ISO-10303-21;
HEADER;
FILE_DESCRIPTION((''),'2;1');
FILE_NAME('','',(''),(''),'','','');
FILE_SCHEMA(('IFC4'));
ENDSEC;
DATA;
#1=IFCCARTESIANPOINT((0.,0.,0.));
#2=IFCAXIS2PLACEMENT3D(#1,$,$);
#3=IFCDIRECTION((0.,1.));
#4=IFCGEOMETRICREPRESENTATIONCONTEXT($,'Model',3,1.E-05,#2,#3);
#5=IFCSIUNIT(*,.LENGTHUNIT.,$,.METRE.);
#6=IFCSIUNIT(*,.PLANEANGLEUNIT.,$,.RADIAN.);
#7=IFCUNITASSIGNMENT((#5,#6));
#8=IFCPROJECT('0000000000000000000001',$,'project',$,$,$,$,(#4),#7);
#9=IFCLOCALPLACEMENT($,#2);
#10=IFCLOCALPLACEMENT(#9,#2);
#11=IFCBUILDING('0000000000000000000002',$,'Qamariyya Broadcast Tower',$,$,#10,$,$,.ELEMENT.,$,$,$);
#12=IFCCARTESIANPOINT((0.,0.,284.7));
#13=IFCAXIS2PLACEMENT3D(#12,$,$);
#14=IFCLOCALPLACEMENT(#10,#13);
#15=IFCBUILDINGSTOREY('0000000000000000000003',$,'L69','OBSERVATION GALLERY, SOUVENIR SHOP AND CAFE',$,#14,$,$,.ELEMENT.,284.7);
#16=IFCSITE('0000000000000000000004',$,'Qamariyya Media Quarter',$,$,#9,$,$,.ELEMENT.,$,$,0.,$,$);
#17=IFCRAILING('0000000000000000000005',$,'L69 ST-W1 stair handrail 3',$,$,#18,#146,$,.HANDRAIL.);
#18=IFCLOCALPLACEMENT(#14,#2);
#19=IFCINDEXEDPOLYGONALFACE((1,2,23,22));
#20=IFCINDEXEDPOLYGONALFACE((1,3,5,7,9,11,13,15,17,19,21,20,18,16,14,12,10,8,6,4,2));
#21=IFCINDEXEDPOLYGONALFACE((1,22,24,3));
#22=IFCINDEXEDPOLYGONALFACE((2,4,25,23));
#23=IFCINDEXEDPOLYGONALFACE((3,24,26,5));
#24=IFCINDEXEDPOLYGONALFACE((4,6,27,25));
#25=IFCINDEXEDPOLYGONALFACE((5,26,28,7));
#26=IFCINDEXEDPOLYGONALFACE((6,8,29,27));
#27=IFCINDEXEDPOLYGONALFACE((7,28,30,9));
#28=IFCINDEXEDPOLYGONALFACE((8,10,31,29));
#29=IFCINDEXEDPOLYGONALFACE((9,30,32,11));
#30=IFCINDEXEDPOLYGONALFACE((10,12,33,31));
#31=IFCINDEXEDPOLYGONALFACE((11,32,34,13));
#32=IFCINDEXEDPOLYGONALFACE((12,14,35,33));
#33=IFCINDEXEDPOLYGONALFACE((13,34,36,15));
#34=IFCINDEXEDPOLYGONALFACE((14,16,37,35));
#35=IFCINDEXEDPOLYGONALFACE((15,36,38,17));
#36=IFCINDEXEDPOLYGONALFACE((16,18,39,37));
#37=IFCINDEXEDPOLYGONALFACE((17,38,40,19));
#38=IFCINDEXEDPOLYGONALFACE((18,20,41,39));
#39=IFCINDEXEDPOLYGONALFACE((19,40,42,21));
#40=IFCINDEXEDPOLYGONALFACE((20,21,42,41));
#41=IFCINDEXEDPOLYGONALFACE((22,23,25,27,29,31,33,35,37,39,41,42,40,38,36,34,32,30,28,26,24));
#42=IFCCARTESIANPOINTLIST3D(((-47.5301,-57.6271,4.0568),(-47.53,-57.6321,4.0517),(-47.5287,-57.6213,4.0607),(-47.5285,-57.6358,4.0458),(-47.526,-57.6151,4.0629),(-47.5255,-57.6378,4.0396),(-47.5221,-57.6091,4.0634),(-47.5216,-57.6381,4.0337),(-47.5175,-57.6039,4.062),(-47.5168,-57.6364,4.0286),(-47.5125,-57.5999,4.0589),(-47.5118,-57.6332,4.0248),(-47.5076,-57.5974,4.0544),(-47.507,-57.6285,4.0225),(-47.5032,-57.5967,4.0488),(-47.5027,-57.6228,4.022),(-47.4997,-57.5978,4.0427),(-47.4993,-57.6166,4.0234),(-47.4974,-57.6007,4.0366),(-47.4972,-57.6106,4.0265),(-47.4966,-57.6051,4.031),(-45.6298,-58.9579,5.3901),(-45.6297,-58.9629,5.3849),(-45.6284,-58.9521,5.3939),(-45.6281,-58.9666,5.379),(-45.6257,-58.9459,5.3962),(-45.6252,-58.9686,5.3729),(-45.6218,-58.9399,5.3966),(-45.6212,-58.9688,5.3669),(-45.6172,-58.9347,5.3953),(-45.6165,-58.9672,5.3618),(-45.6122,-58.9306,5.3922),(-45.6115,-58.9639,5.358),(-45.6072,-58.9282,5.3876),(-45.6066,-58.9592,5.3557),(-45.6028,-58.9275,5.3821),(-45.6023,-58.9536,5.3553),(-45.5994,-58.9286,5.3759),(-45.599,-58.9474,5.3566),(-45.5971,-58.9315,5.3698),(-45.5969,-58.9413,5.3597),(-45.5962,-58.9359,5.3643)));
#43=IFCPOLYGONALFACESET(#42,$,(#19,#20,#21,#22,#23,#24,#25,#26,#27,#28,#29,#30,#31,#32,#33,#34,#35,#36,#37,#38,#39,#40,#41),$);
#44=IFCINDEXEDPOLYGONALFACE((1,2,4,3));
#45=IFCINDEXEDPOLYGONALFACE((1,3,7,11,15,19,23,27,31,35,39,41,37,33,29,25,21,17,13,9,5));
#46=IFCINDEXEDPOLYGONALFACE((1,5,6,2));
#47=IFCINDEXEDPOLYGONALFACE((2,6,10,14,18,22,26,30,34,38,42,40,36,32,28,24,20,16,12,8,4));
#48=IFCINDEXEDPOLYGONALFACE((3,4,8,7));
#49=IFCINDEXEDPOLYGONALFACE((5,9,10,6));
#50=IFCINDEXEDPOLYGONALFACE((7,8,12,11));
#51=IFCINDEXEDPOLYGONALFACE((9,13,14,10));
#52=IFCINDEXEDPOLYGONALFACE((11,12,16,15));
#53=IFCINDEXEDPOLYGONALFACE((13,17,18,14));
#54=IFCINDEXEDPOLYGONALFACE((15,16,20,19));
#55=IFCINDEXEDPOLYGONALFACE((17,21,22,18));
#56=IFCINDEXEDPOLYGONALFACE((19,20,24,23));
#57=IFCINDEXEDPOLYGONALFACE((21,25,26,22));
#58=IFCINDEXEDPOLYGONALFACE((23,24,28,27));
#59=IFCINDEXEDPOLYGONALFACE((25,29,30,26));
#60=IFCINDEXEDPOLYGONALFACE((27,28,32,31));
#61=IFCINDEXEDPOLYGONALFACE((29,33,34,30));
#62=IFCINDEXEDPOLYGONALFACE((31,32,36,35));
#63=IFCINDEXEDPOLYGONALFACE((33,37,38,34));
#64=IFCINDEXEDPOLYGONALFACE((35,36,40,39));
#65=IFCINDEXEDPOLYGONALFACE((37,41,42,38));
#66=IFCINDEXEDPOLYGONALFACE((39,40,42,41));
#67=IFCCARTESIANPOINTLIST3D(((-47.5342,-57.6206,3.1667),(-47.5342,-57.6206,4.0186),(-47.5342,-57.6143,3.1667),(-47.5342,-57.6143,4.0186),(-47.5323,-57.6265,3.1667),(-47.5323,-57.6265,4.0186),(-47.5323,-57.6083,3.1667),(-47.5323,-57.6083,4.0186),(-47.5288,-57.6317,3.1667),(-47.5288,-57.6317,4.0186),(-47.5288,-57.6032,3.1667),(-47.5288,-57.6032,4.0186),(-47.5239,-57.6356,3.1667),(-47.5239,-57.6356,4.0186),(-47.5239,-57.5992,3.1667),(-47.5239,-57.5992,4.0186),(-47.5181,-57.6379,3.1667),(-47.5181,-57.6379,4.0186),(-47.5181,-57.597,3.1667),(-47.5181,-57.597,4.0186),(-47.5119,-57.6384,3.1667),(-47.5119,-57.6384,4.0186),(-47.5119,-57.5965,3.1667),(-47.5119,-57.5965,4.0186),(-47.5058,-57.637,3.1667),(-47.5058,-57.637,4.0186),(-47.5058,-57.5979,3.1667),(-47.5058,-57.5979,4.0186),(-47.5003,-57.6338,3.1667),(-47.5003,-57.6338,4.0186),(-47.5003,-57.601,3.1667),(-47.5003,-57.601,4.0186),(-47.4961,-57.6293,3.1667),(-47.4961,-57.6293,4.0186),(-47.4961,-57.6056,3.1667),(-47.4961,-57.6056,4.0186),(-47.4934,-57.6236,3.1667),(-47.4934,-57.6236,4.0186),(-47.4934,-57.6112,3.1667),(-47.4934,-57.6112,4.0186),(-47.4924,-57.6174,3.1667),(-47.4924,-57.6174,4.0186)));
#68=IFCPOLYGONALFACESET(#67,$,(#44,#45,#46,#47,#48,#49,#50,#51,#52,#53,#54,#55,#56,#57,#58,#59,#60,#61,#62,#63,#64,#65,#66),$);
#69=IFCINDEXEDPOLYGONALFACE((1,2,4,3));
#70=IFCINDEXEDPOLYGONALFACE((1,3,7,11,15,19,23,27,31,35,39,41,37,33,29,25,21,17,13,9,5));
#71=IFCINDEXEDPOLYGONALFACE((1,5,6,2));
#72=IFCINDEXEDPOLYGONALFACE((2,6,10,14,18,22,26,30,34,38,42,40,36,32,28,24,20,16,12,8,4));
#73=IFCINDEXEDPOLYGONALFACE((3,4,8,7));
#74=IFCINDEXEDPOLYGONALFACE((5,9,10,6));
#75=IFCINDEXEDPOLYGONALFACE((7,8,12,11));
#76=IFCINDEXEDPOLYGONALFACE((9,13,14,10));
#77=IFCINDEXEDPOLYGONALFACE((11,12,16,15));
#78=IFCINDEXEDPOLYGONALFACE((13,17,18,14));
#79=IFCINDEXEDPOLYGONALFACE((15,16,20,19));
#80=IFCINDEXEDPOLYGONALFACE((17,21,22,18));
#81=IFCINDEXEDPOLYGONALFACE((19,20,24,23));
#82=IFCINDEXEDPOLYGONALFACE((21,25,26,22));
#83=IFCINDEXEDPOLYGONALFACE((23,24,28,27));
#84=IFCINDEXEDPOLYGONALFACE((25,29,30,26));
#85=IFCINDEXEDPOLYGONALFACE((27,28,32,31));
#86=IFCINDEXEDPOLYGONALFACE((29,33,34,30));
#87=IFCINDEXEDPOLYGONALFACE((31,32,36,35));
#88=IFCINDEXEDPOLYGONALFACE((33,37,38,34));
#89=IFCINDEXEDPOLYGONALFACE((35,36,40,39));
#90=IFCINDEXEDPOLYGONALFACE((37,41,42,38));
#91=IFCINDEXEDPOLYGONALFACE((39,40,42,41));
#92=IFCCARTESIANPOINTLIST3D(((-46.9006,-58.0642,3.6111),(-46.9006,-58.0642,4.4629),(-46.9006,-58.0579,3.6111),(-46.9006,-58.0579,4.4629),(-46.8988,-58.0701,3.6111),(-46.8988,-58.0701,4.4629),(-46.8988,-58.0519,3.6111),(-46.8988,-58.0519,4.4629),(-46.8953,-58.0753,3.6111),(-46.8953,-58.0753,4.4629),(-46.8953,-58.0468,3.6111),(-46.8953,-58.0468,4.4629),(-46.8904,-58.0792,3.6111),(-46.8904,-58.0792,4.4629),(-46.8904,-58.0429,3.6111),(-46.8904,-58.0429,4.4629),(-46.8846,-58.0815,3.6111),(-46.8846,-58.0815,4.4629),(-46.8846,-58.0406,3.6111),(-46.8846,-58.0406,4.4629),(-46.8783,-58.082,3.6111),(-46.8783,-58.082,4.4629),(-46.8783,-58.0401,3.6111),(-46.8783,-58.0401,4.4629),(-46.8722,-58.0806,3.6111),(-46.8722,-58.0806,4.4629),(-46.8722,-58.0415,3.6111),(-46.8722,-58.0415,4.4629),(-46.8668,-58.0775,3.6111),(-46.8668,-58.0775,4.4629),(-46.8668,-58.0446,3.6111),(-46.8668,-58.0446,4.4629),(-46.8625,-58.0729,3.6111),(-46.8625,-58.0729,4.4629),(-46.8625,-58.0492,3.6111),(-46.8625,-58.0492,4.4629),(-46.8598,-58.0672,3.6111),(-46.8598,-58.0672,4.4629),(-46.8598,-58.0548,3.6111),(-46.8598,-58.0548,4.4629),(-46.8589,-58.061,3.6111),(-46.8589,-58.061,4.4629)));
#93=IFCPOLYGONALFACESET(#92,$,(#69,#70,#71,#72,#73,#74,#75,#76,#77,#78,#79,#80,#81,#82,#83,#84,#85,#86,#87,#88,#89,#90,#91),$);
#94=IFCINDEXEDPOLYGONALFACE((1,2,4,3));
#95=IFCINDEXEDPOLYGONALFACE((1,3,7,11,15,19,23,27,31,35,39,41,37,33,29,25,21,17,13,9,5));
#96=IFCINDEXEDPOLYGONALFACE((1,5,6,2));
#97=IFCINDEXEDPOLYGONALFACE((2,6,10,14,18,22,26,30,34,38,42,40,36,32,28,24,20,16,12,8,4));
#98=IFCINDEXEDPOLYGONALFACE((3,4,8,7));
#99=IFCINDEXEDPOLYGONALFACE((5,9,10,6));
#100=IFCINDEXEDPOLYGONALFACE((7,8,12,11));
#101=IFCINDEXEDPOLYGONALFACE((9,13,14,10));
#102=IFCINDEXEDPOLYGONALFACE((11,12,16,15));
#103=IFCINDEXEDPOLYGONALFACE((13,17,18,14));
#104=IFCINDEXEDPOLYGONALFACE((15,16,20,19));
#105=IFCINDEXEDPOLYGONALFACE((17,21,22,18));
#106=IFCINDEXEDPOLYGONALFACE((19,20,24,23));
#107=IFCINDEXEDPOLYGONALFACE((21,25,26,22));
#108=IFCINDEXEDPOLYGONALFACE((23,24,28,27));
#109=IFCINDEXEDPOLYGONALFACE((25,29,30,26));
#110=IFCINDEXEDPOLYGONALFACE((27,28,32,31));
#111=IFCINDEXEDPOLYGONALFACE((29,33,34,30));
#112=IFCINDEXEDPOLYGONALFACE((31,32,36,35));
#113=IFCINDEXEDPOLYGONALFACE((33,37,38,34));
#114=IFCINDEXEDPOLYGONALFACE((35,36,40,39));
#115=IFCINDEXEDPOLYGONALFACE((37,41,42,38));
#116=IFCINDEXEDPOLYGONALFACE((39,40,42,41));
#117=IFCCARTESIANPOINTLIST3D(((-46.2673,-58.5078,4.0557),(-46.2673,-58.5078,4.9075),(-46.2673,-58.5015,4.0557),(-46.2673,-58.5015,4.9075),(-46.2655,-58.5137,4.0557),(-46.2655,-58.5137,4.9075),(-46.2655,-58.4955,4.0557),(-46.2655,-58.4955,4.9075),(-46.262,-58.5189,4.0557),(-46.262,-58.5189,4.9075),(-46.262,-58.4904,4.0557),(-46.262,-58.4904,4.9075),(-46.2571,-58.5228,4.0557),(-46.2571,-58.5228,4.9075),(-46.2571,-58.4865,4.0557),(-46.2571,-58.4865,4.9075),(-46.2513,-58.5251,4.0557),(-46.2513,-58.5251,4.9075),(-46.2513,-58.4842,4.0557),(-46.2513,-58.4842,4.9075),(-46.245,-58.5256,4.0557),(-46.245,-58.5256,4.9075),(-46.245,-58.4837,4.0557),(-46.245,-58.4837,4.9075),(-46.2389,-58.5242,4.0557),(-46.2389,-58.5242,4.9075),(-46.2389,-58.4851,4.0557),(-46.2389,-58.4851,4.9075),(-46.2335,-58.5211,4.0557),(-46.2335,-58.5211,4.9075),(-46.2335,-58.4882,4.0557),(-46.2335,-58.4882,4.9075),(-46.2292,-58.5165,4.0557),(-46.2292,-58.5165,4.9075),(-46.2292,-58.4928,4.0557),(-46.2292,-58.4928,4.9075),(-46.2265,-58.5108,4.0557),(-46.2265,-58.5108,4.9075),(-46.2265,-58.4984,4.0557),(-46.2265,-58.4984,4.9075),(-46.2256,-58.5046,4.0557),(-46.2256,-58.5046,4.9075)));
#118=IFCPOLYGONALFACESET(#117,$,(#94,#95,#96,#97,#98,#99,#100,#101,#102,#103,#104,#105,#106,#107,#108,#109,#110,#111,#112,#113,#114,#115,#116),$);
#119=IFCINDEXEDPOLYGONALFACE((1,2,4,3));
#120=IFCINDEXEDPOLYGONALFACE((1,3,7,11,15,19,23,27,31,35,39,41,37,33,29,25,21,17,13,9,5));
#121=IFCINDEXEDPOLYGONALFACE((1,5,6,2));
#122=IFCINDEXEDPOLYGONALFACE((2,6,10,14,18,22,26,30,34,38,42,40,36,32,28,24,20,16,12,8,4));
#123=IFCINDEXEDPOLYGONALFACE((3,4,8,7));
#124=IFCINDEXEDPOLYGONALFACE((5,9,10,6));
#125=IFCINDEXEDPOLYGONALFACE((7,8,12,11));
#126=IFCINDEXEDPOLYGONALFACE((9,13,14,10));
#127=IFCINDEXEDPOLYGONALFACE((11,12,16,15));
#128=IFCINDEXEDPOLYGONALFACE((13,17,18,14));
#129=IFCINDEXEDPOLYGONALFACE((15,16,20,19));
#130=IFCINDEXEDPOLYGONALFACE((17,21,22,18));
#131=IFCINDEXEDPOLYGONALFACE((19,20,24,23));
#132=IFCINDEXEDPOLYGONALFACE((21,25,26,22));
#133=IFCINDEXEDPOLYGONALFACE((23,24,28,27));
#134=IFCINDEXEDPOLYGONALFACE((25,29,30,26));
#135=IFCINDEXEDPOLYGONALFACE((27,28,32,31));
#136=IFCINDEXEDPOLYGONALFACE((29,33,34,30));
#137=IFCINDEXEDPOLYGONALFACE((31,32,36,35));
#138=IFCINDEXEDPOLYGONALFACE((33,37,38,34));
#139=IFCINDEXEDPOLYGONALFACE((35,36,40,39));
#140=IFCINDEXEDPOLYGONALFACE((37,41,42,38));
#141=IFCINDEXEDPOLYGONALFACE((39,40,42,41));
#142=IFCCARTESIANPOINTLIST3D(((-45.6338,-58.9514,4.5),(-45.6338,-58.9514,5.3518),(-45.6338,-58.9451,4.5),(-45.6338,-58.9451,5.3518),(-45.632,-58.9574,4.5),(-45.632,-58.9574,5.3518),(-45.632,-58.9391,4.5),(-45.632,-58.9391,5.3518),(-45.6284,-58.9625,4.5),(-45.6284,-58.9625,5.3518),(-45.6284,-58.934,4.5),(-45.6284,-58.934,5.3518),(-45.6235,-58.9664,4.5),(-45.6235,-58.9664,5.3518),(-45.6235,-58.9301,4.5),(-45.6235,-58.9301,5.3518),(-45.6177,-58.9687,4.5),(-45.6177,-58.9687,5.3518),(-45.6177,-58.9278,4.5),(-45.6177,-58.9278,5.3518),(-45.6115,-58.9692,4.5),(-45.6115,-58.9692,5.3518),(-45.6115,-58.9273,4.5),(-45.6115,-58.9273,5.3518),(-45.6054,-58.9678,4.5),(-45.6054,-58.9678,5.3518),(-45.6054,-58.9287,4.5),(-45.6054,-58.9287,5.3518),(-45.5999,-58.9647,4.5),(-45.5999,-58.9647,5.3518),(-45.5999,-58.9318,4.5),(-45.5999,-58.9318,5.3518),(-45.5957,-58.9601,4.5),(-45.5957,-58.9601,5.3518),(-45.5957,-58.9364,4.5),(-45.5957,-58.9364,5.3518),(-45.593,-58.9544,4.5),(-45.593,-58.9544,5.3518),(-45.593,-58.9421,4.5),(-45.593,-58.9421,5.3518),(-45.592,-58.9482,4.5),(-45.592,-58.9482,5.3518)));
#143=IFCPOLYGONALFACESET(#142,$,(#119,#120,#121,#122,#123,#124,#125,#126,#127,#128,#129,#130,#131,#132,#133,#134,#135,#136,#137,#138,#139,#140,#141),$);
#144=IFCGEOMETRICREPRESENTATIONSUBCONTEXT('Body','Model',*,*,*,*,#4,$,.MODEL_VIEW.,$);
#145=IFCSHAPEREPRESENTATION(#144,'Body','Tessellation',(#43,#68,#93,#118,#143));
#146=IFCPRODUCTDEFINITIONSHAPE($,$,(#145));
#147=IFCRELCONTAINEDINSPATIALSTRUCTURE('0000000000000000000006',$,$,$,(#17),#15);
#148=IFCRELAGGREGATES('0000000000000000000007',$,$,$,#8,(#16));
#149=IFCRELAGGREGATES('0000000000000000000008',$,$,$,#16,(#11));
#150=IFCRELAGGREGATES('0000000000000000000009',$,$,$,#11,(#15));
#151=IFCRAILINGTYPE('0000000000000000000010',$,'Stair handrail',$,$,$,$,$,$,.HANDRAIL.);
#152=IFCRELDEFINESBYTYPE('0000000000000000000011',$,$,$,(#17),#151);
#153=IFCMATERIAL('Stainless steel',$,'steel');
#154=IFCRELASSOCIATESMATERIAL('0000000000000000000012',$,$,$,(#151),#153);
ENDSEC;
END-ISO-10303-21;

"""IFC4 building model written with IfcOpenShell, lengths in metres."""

from ifc_helpers import new_model, si_unit, direction, frame, origin, origin_2d, place, context, subcontext, project, spatial, circle, extrude, material, type_object, element, save


model = new_model("IFC4")

# Units and contexts
model_context = context("Model", 3, precision=1e-05, world=origin(), true_north=direction((0.0, 1.0)))
body_context = subcontext(model_context, "Body", "Model", "MODEL_VIEW")
ifc_project = project(units=[si_unit("LENGTHUNIT", "METRE"), si_unit("PLANEANGLEUNIT", "RADIAN")], contexts=[model_context])

# Site, building, storey
site_placement = place(None, origin())
site = spatial("IfcSite", under=ifc_project, at=site_placement, Name="Qamariyya Media Quarter", CompositionType="ELEMENT", RefElevation=0.0)
building_placement = place(site_placement, origin())
building = spatial("IfcBuilding", under=site, at=building_placement, Name="Qamariyya Broadcast Tower", CompositionType="ELEMENT")
storey_placement = place(building_placement, frame((0.0, 0.0, 284.7)))
storey = spatial("IfcBuildingStorey", under=building, at=storey_placement, Name="L69", Description="OBSERVATION GALLERY, SOUVENIR SHOP AND CAFE", CompositionType="ELEMENT", Elevation=284.7)

# Railing
ifc_material_1 = material(Name="Stainless steel", Category="steel")
railing_type_1 = type_object("IfcRailingType", Name="Stair handrail", PredefinedType="HANDRAIL", material=ifc_material_1)
railing_1_placement = place(storey_placement, frame((-47.5134, -57.6174, 3.1667)))
element("IfcRailing", 1, at=railing_1_placement, inside=storey, type_object=railing_type_1, Name="L69 ST-W1 stair handrail 3", PredefinedType="HANDRAIL", context=body_context, shape_type="SweptSolid", body=[
    extrude(circle(Radius=0.0239, at=origin_2d()), frame((0.0, 0.0, 0.876), z_axis=(0.710204, -0.497344, 0.498256), x_axis=(0.573618, 0.819123, 0.0)), (0.0, 0.0, 1.0), 2.6758),
    extrude(circle(Radius=0.021, at=origin_2d()), origin(), (0.0, 0.0, 1.0), 0.8518),
    extrude(circle(Radius=0.021, at=origin_2d()), frame((0.6335, -0.4436, 0.4443)), (0.0, 0.0, 1.0), 0.8518),
    extrude(circle(Radius=0.021, at=origin_2d()), frame((1.2668, -0.8872, 0.8889)), (0.0, 0.0, 1.0), 0.8518),
    extrude(circle(Radius=0.021, at=origin_2d()), frame((1.9004, -1.3308, 1.3333)), (0.0, 0.0, 1.0), 0.8518),
])

save(model, "model.ifc")
